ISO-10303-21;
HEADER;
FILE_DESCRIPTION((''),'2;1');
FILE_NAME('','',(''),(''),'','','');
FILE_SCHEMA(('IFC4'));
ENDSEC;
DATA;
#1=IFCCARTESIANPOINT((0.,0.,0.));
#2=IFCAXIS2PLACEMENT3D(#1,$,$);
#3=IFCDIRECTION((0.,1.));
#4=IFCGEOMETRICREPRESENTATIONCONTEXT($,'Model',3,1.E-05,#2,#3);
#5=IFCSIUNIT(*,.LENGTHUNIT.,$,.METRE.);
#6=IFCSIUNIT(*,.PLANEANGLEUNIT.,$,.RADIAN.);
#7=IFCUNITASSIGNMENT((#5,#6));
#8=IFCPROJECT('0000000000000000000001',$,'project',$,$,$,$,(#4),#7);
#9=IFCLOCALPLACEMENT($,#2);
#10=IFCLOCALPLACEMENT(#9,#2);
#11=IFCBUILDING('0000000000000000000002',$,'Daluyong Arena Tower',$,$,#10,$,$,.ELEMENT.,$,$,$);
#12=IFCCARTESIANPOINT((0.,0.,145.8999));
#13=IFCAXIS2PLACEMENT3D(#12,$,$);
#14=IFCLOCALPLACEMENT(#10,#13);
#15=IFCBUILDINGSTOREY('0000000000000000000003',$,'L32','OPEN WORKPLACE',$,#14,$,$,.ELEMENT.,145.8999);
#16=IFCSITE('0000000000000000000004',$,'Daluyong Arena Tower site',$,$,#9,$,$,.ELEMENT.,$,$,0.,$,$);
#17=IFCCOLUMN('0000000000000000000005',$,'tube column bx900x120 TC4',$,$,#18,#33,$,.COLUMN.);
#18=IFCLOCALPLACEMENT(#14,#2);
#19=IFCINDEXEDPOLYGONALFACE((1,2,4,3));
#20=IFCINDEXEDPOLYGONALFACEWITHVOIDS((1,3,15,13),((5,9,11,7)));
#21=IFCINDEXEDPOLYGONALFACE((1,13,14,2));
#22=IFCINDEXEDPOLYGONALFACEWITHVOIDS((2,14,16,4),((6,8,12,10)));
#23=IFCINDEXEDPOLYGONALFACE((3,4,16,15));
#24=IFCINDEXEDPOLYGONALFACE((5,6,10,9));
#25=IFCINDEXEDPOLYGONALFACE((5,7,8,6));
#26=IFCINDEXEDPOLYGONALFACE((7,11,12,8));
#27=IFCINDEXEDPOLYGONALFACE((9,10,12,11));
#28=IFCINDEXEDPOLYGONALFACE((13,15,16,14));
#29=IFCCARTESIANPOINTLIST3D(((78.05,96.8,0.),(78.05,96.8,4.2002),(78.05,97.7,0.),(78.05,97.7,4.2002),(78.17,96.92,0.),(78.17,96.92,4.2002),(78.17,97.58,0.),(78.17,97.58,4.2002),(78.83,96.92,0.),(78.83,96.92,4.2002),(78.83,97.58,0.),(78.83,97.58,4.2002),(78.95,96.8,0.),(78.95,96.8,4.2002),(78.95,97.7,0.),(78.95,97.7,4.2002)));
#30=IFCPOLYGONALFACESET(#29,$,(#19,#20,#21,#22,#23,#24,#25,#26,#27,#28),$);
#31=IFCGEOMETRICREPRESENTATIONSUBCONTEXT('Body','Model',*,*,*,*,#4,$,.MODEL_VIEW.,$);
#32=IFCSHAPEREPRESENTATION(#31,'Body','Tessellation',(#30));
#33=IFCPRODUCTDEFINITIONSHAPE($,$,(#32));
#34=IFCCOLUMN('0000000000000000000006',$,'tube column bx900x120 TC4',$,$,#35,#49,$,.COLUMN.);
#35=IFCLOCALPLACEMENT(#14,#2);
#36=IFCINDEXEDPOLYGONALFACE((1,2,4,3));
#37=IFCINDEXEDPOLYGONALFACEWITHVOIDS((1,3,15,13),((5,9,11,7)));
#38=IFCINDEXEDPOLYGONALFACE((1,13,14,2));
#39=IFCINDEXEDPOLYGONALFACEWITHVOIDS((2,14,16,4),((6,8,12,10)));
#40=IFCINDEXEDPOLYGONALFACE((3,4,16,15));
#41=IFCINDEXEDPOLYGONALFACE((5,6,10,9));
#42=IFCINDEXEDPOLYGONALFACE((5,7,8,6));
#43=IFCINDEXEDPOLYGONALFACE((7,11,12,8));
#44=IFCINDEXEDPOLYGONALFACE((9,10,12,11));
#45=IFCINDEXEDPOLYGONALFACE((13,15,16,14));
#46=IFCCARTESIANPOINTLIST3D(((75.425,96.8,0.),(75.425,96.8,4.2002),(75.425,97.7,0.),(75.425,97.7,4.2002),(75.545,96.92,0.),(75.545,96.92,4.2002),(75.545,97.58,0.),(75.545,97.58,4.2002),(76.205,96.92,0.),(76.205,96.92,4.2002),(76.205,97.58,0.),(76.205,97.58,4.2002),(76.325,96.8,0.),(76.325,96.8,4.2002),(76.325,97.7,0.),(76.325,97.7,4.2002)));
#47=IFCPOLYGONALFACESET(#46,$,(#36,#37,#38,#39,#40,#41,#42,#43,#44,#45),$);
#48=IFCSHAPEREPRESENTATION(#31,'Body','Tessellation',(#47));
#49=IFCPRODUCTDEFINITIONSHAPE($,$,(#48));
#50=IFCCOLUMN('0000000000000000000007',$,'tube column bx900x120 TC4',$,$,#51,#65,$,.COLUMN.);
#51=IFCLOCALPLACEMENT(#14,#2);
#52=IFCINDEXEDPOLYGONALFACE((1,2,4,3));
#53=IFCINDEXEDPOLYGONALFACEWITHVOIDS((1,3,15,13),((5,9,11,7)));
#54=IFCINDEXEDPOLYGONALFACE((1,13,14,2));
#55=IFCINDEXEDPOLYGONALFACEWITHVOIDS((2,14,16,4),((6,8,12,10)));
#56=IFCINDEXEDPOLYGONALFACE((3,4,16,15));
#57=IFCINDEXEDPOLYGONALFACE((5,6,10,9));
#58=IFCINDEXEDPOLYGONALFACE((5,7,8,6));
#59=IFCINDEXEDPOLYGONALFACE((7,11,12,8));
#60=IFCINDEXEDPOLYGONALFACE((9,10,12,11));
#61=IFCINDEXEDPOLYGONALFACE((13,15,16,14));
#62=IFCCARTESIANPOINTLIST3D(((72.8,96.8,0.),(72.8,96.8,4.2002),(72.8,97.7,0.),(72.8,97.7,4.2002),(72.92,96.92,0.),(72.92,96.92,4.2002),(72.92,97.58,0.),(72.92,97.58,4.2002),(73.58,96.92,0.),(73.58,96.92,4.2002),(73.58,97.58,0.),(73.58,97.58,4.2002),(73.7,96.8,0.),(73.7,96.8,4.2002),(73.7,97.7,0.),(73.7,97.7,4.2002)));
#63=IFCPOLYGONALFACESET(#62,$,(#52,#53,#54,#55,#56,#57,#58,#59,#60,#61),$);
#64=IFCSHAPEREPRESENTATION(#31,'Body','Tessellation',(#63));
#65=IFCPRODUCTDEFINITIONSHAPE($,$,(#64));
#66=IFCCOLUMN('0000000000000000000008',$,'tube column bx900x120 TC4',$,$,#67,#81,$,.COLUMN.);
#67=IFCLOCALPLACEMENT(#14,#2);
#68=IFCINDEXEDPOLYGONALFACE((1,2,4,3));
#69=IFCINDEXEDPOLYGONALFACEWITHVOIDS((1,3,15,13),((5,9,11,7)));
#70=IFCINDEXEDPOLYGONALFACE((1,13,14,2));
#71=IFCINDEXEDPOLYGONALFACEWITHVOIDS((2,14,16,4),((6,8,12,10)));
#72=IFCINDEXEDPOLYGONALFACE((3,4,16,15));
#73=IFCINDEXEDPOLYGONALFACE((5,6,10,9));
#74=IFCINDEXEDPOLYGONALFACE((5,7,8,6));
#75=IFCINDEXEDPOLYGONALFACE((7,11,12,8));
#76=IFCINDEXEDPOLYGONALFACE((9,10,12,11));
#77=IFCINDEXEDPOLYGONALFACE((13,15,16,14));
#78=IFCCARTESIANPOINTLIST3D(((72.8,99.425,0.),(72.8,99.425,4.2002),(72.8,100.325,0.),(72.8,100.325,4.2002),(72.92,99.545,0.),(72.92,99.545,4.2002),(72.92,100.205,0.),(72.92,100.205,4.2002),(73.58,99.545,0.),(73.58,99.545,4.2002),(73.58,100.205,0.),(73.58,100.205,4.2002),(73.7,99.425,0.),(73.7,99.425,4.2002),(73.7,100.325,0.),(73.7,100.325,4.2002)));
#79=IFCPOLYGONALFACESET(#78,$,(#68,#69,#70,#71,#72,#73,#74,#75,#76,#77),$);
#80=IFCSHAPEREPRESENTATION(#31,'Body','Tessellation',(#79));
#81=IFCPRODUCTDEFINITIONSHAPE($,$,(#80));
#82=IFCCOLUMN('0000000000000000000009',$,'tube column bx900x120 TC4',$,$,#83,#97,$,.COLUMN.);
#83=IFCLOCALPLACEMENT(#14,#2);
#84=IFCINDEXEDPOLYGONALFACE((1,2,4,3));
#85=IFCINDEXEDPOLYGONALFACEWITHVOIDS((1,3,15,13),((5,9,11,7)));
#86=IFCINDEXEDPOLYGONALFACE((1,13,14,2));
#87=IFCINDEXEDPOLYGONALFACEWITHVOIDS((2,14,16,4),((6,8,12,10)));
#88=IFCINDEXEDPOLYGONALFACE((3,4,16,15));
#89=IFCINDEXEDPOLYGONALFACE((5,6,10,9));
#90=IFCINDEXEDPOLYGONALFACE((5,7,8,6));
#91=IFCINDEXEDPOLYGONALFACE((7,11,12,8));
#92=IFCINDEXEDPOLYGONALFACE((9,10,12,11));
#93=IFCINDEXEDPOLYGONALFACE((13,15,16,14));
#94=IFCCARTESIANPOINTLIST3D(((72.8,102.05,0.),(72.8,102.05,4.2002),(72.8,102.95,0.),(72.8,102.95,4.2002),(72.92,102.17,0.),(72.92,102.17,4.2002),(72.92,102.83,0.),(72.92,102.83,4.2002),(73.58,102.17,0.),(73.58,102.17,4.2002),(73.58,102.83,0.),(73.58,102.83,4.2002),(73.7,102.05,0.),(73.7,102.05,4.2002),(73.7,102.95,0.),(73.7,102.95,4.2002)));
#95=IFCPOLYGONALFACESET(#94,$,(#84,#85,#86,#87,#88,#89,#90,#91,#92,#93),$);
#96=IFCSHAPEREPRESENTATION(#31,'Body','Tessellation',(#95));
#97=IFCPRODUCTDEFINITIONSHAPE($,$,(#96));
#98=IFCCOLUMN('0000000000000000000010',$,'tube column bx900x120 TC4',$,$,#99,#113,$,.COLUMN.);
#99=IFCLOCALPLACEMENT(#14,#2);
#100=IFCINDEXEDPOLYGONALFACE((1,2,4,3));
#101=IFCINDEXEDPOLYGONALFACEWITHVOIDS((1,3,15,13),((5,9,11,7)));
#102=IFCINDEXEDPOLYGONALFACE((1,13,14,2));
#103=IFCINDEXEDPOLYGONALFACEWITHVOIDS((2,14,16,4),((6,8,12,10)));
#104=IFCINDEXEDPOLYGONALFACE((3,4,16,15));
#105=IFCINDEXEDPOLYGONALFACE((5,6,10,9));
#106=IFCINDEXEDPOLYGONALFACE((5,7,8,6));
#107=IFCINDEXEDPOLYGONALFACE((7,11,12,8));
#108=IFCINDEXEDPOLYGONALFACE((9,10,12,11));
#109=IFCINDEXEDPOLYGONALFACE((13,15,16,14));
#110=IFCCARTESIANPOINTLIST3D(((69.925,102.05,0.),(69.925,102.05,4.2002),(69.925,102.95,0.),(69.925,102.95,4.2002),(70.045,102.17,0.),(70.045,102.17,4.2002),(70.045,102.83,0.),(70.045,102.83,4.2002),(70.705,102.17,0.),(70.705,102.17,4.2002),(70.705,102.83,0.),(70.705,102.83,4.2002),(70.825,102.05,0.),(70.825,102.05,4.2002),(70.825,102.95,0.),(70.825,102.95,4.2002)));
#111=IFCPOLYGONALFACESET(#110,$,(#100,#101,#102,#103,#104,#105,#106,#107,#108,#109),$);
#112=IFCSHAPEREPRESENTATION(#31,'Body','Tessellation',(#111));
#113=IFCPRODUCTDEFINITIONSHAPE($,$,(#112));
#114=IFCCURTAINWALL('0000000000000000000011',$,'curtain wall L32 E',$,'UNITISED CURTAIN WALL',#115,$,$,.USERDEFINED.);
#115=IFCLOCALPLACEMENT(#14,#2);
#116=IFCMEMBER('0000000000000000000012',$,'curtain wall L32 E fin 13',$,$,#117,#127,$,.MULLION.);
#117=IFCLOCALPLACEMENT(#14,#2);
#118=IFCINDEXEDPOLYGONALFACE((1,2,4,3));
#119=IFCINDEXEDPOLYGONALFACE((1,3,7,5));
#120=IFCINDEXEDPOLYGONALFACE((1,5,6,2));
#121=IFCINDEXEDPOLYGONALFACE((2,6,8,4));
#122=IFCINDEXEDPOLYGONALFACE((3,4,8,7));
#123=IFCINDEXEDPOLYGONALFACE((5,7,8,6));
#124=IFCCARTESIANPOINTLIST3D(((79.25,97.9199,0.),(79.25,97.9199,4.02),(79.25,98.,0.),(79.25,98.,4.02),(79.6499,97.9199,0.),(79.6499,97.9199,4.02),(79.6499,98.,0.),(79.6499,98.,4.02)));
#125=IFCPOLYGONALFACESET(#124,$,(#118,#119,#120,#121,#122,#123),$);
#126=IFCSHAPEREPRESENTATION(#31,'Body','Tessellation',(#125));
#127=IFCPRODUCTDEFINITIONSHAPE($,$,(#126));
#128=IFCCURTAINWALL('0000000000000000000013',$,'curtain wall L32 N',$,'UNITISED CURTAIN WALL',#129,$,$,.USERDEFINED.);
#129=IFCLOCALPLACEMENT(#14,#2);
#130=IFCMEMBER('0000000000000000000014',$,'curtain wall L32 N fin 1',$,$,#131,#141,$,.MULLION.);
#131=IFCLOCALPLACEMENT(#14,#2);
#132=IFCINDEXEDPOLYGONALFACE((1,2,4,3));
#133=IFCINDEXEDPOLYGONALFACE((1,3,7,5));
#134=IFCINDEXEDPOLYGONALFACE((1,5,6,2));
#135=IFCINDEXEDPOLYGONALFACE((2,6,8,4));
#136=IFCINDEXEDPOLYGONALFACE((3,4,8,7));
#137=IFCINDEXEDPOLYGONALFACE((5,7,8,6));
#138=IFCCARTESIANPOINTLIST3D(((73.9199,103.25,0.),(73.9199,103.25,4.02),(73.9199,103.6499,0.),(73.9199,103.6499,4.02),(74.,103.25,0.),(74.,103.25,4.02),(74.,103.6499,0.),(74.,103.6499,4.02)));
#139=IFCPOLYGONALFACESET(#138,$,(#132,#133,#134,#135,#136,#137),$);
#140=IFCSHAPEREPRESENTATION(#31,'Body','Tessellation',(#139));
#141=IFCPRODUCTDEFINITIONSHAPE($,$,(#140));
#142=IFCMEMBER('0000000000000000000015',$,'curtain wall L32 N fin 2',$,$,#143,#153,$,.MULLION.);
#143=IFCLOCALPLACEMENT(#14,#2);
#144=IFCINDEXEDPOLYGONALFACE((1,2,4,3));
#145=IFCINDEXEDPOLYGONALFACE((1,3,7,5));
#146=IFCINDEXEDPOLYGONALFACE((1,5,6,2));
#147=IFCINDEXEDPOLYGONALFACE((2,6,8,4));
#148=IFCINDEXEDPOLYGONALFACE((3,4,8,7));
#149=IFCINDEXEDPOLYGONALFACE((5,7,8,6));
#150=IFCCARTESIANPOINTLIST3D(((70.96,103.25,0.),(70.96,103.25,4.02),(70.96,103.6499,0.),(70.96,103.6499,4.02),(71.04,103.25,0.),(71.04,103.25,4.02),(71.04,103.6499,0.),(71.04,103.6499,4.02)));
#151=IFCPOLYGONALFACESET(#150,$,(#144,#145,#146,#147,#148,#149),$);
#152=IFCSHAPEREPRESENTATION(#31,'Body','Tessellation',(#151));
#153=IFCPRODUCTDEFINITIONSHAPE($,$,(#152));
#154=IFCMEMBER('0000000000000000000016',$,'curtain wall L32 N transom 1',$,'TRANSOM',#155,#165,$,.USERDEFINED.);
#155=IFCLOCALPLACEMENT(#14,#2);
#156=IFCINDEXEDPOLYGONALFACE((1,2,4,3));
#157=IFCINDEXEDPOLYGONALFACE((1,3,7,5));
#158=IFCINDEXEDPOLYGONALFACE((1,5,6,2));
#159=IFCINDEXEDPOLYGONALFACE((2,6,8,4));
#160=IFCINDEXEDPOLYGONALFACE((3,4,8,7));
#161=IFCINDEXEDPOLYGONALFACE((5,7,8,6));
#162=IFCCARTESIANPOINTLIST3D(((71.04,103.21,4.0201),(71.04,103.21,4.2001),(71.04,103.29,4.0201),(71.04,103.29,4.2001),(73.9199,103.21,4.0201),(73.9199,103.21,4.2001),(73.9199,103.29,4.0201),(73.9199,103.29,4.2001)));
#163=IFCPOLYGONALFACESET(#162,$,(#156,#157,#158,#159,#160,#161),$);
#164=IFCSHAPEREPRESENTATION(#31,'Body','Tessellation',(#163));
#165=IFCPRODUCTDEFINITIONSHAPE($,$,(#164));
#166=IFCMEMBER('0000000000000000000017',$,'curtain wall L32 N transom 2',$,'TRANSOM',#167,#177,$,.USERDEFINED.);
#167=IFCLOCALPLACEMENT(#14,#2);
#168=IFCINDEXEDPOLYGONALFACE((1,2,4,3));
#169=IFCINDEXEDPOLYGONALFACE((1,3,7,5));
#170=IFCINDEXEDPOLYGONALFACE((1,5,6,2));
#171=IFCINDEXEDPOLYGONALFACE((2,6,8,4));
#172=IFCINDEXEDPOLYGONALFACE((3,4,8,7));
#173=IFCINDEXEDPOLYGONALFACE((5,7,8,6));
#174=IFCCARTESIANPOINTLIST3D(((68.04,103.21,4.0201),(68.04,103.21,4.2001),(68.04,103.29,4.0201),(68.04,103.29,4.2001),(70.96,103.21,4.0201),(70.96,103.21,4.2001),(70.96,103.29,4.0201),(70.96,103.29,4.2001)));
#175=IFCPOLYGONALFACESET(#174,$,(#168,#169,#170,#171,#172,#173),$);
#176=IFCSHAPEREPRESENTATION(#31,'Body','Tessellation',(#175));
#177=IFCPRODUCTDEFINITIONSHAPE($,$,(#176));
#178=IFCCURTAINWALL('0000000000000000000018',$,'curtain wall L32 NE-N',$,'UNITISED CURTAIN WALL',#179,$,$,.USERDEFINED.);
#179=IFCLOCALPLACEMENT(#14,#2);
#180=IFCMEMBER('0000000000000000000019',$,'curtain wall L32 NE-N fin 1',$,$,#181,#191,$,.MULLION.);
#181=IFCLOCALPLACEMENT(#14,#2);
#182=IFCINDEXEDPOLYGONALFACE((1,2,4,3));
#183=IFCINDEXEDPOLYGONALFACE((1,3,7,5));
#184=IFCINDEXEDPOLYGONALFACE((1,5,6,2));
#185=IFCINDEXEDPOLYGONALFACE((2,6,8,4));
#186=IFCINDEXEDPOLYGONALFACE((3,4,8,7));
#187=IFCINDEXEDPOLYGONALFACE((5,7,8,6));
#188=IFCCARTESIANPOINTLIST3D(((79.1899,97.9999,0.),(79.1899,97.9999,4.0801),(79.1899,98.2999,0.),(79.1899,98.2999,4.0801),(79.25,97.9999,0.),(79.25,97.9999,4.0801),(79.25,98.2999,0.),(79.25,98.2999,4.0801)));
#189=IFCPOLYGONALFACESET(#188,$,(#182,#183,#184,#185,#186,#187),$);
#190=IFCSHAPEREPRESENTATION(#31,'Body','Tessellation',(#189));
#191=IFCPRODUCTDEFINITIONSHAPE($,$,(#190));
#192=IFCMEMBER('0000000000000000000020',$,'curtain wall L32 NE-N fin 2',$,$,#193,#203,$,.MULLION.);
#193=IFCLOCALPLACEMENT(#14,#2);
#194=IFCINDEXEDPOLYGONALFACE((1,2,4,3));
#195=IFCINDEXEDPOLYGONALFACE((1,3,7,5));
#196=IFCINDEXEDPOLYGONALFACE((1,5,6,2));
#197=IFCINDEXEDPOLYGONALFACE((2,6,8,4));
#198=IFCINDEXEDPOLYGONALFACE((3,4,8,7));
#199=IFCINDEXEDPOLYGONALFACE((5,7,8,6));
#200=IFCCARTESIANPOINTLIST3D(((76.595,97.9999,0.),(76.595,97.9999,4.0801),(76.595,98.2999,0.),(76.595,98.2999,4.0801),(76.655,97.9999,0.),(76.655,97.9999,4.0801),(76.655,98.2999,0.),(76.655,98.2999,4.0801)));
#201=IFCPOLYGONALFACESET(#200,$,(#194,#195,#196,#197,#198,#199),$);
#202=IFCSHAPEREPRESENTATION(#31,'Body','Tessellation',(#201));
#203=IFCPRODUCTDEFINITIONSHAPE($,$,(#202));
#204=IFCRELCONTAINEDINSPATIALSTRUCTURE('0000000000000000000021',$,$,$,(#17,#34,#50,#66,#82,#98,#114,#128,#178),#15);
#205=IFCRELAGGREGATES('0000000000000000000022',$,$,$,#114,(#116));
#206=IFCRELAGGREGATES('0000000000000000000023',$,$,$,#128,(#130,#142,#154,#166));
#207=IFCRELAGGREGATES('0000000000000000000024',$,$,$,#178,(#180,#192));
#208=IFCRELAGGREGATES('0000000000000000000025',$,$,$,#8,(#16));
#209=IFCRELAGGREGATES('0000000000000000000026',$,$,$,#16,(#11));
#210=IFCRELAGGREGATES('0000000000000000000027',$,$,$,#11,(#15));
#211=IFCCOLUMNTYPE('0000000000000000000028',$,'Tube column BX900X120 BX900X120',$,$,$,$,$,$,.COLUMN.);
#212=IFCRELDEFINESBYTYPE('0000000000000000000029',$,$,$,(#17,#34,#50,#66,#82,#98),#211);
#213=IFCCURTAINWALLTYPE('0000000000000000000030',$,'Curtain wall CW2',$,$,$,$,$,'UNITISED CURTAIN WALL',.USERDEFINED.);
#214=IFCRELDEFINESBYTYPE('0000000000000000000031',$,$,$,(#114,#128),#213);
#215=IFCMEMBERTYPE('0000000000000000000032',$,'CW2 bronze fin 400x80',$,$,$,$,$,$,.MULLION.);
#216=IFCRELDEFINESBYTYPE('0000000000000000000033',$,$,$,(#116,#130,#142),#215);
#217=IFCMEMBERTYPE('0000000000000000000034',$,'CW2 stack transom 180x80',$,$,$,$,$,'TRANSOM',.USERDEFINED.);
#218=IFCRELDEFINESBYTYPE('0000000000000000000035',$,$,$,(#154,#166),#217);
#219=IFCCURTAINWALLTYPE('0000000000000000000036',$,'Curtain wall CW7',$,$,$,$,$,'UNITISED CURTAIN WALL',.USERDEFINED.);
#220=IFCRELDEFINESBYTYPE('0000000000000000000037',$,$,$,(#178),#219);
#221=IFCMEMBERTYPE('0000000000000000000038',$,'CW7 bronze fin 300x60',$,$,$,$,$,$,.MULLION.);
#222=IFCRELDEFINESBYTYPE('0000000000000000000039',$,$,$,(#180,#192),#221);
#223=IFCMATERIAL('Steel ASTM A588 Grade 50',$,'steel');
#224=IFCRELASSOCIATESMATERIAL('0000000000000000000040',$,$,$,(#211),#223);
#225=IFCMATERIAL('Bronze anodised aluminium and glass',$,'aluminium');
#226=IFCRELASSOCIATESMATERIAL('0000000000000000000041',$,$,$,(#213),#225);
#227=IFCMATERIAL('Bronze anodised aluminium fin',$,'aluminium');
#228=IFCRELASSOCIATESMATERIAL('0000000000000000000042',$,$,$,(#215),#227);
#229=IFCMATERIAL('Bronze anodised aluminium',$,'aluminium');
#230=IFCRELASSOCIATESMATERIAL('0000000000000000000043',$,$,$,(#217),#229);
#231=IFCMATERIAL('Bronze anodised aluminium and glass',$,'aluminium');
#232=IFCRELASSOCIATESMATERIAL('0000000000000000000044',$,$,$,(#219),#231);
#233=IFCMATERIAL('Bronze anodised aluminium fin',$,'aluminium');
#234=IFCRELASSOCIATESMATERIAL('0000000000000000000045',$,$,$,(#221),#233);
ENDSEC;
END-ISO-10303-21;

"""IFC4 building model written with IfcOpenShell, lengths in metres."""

from ifc_helpers import new_model, si_unit, direction, frame, origin, origin_2d, place, context, subcontext, project, spatial, rectangle, hollow_rectangle, extrude, material, material_profile, profile_set, type_object, element, aggregate, save


model = new_model("IFC4")

# Units and contexts
model_context = context("Model", 3, precision=1e-05, world=origin(), true_north=direction((0.0, 1.0)))
body_context = subcontext(model_context, "Body", "Model", "MODEL_VIEW")
ifc_project = project(units=[si_unit("LENGTHUNIT", "METRE"), si_unit("PLANEANGLEUNIT", "RADIAN")], contexts=[model_context])

# Site, building, storey
site_placement = place(None, origin())
site = spatial("IfcSite", under=ifc_project, at=site_placement, Name="Daluyong Arena Tower site", CompositionType="ELEMENT", RefElevation=0.0)
building_placement = place(site_placement, origin())
building = spatial("IfcBuilding", under=site, at=building_placement, Name="Daluyong Arena Tower", CompositionType="ELEMENT")
storey_placement = place(building_placement, frame((0.0, 0.0, 145.8999)))
storey = spatial("IfcBuildingStorey", under=building, at=storey_placement, Name="L32", Description="OPEN WORKPLACE", CompositionType="ELEMENT", Elevation=145.8999)

# Columns
ifc_material_1 = material(Name="Steel ASTM A588 Grade 50", Category="steel")
ifc_material_profile_1 = material_profile(ifc_material_1, hollow_rectangle(XDim=0.8999, YDim=0.8999, WallThickness=0.12, at=origin_2d()))
ifc_profile_set_1 = profile_set([ifc_material_profile_1], Name="Steel ASTM A588 Grade 50")
column_type = type_object("IfcColumnType", Name="Tube column BX900X120 BX900X120", PredefinedType="COLUMN", material=ifc_profile_set_1)
for number, where, z_axis, x_axis, name in (
    (1, (78.5, 97.25, 0.0), (0.0, 0.0, 1.0), (1.0, 0.0, 0.0), "tube column bx900x120 TC4"),
    (2, (75.875, 97.25, 0.0), (0.0, 0.0, 1.0), (1.0, 0.0, 0.0), "tube column bx900x120 TC4"),
    (3, (73.25, 97.25, 0.0), (0.0, 0.0, 1.0), (0.0, 1.0, 0.0), "tube column bx900x120 TC4"),
    (4, (73.25, 99.875, 0.0), (0.0, 0.0, 1.0), (0.0, 1.0, 0.0), "tube column bx900x120 TC4"),
    (5, (73.25, 102.5, 0.0), (0.0, 0.0, 1.0), (1.0, 0.0, 0.0), "tube column bx900x120 TC4"),
    (6, (70.375, 102.5, 0.0), (0.0, 0.0, 1.0), (1.0, 0.0, 0.0), "tube column bx900x120 TC4"),
):
    element("IfcColumn", number, at=place(storey_placement, frame(where, z_axis=z_axis, x_axis=x_axis)), inside=storey, type_object=column_type, Name=name, PredefinedType="COLUMN", context=body_context, shape_type="SweptSolid", body=[
        extrude(hollow_rectangle(XDim=0.8999, YDim=0.8999, WallThickness=0.12, at=origin_2d()), origin(), (0.0, 0.0, 1.0), 4.2002),
    ])

# Curtain wall, member
ifc_material_2 = material(Name="Bronze anodised aluminium and glass", Category="aluminium")
curtain_wall_type_1 = type_object("IfcCurtainWallType", Name="Curtain wall CW2", ElementType="UNITISED CURTAIN WALL", PredefinedType="USERDEFINED", material=ifc_material_2)
curtain_wall_1_placement = place(storey_placement, origin())
curtain_wall_1 = element("IfcCurtainWall", 7, at=curtain_wall_1_placement, inside=storey, type_object=curtain_wall_type_1, Name="curtain wall L32 E", ObjectType="UNITISED CURTAIN WALL", PredefinedType="USERDEFINED")
ifc_material_3 = material(Name="Bronze anodised aluminium fin", Category="aluminium")
ifc_material_profile_2 = material_profile(ifc_material_3, rectangle(XDim=0.3999, YDim=0.0801, at=origin_2d()))
ifc_profile_set_2 = profile_set([ifc_material_profile_2], Name="Bronze anodised aluminium fin")
member_type_1 = type_object("IfcMemberType", Name="CW2 bronze fin 400x80", PredefinedType="MULLION", material=ifc_profile_set_2)
member_1_placement = place(storey_placement, frame((79.45, 97.96, 0.0), z_axis=(0.0, 0.0, 1.0), x_axis=(-1.0, 0.0, 0.0)))
member_1 = element("IfcMember", 8, at=member_1_placement, type_object=member_type_1, Name="curtain wall L32 E fin 13", PredefinedType="MULLION", context=body_context, shape_type="SweptSolid", body=[
    extrude(rectangle(XDim=0.3999, YDim=0.0801, at=origin_2d()), origin(), (0.0, 0.0, 1.0), 4.02),
])
aggregate(curtain_wall_1, [member_1])

# Curtain walls, members
curtain_wall_2_placement = place(storey_placement, origin())
curtain_wall_2 = element("IfcCurtainWall", 9, at=curtain_wall_2_placement, inside=storey, type_object=curtain_wall_type_1, Name="curtain wall L32 N", ObjectType="UNITISED CURTAIN WALL", PredefinedType="USERDEFINED")
member_2_placement = place(storey_placement, frame((73.96, 103.45, 0.0), z_axis=(0.0, 0.0, 1.0), x_axis=(0.0, -1.0, 0.0)))
member_2 = element("IfcMember", 10, at=member_2_placement, type_object=member_type_1, Name="curtain wall L32 N fin 1", PredefinedType="MULLION", context=body_context, shape_type="SweptSolid", body=[
    extrude(rectangle(XDim=0.3999, YDim=0.0801, at=origin_2d()), origin(), (0.0, 0.0, 1.0), 4.02),
])
member_3_placement = place(storey_placement, frame((71.0, 103.45, 0.0), z_axis=(0.0, 0.0, 1.0), x_axis=(0.0, -1.0, 0.0)))
member_3 = element("IfcMember", 11, at=member_3_placement, type_object=member_type_1, Name="curtain wall L32 N fin 2", PredefinedType="MULLION", context=body_context, shape_type="SweptSolid", body=[
    extrude(rectangle(XDim=0.3999, YDim=0.0801, at=origin_2d()), origin(), (0.0, 0.0, 1.0), 4.02),
])
ifc_material_4 = material(Name="Bronze anodised aluminium", Category="aluminium")
ifc_material_profile_3 = material_profile(ifc_material_4, rectangle(XDim=0.0801, YDim=0.1799, at=origin_2d()))
ifc_profile_set_3 = profile_set([ifc_material_profile_3], Name="Bronze anodised aluminium")
member_type_2 = type_object("IfcMemberType", Name="CW2 stack transom 180x80", ElementType="TRANSOM", PredefinedType="USERDEFINED", material=ifc_profile_set_3)
member_4_placement = place(storey_placement, frame((73.9199, 103.25, 4.1101), z_axis=(-1.0, 0.0, 0.0), x_axis=(0.0, -1.0, 0.0)))
member_4 = element("IfcMember", 12, at=member_4_placement, type_object=member_type_2, Name="curtain wall L32 N transom 1", ObjectType="TRANSOM", PredefinedType="USERDEFINED", context=body_context, shape_type="SweptSolid", body=[
    extrude(rectangle(XDim=0.0801, YDim=0.1799, at=origin_2d()), origin(), (0.0, 0.0, 1.0), 2.8799),
])
member_5_placement = place(storey_placement, frame((70.96, 103.25, 4.1101), z_axis=(-1.0, 0.0, 0.0), x_axis=(0.0, -1.0, 0.0)))
member_5 = element("IfcMember", 13, at=member_5_placement, type_object=member_type_2, Name="curtain wall L32 N transom 2", ObjectType="TRANSOM", PredefinedType="USERDEFINED", context=body_context, shape_type="SweptSolid", body=[
    extrude(rectangle(XDim=0.0801, YDim=0.1799, at=origin_2d()), origin(), (0.0, 0.0, 1.0), 2.9199),
])
ifc_material_5 = material(Name="Bronze anodised aluminium and glass", Category="aluminium")
curtain_wall_type_2 = type_object("IfcCurtainWallType", Name="Curtain wall CW7", ElementType="UNITISED CURTAIN WALL", PredefinedType="USERDEFINED", material=ifc_material_5)
curtain_wall_3_placement = place(storey_placement, origin())
curtain_wall_3 = element("IfcCurtainWall", 14, at=curtain_wall_3_placement, inside=storey, type_object=curtain_wall_type_2, Name="curtain wall L32 NE-N", ObjectType="UNITISED CURTAIN WALL", PredefinedType="USERDEFINED")
ifc_material_6 = material(Name="Bronze anodised aluminium fin", Category="aluminium")
ifc_material_profile_4 = material_profile(ifc_material_6, rectangle(XDim=0.3, YDim=0.0601, at=origin_2d()))
ifc_profile_set_4 = profile_set([ifc_material_profile_4], Name="Bronze anodised aluminium fin")
member_type_3 = type_object("IfcMemberType", Name="CW7 bronze fin 300x60", PredefinedType="MULLION", material=ifc_profile_set_4)
member_6_placement = place(storey_placement, frame((79.22, 98.1499, 0.0), z_axis=(0.0, 0.0, 1.0), x_axis=(0.0, -1.0, 0.0)))
member_6 = element("IfcMember", 15, at=member_6_placement, type_object=member_type_3, Name="curtain wall L32 NE-N fin 1", PredefinedType="MULLION", context=body_context, shape_type="SweptSolid", body=[
    extrude(rectangle(XDim=0.3, YDim=0.0601, at=origin_2d()), origin(), (0.0, 0.0, 1.0), 4.0801),
])
member_7_placement = place(storey_placement, frame((76.625, 98.1499, 0.0), z_axis=(0.0, 0.0, 1.0), x_axis=(0.0, -1.0, 0.0)))
member_7 = element("IfcMember", 16, at=member_7_placement, type_object=member_type_3, Name="curtain wall L32 NE-N fin 2", PredefinedType="MULLION", context=body_context, shape_type="SweptSolid", body=[
    extrude(rectangle(XDim=0.3, YDim=0.0601, at=origin_2d()), origin(), (0.0, 0.0, 1.0), 4.0801),
])

aggregate(curtain_wall_2, [member_2, member_3, member_4, member_5])
aggregate(curtain_wall_3, [member_6, member_7])

save(model, "model.ifc")
